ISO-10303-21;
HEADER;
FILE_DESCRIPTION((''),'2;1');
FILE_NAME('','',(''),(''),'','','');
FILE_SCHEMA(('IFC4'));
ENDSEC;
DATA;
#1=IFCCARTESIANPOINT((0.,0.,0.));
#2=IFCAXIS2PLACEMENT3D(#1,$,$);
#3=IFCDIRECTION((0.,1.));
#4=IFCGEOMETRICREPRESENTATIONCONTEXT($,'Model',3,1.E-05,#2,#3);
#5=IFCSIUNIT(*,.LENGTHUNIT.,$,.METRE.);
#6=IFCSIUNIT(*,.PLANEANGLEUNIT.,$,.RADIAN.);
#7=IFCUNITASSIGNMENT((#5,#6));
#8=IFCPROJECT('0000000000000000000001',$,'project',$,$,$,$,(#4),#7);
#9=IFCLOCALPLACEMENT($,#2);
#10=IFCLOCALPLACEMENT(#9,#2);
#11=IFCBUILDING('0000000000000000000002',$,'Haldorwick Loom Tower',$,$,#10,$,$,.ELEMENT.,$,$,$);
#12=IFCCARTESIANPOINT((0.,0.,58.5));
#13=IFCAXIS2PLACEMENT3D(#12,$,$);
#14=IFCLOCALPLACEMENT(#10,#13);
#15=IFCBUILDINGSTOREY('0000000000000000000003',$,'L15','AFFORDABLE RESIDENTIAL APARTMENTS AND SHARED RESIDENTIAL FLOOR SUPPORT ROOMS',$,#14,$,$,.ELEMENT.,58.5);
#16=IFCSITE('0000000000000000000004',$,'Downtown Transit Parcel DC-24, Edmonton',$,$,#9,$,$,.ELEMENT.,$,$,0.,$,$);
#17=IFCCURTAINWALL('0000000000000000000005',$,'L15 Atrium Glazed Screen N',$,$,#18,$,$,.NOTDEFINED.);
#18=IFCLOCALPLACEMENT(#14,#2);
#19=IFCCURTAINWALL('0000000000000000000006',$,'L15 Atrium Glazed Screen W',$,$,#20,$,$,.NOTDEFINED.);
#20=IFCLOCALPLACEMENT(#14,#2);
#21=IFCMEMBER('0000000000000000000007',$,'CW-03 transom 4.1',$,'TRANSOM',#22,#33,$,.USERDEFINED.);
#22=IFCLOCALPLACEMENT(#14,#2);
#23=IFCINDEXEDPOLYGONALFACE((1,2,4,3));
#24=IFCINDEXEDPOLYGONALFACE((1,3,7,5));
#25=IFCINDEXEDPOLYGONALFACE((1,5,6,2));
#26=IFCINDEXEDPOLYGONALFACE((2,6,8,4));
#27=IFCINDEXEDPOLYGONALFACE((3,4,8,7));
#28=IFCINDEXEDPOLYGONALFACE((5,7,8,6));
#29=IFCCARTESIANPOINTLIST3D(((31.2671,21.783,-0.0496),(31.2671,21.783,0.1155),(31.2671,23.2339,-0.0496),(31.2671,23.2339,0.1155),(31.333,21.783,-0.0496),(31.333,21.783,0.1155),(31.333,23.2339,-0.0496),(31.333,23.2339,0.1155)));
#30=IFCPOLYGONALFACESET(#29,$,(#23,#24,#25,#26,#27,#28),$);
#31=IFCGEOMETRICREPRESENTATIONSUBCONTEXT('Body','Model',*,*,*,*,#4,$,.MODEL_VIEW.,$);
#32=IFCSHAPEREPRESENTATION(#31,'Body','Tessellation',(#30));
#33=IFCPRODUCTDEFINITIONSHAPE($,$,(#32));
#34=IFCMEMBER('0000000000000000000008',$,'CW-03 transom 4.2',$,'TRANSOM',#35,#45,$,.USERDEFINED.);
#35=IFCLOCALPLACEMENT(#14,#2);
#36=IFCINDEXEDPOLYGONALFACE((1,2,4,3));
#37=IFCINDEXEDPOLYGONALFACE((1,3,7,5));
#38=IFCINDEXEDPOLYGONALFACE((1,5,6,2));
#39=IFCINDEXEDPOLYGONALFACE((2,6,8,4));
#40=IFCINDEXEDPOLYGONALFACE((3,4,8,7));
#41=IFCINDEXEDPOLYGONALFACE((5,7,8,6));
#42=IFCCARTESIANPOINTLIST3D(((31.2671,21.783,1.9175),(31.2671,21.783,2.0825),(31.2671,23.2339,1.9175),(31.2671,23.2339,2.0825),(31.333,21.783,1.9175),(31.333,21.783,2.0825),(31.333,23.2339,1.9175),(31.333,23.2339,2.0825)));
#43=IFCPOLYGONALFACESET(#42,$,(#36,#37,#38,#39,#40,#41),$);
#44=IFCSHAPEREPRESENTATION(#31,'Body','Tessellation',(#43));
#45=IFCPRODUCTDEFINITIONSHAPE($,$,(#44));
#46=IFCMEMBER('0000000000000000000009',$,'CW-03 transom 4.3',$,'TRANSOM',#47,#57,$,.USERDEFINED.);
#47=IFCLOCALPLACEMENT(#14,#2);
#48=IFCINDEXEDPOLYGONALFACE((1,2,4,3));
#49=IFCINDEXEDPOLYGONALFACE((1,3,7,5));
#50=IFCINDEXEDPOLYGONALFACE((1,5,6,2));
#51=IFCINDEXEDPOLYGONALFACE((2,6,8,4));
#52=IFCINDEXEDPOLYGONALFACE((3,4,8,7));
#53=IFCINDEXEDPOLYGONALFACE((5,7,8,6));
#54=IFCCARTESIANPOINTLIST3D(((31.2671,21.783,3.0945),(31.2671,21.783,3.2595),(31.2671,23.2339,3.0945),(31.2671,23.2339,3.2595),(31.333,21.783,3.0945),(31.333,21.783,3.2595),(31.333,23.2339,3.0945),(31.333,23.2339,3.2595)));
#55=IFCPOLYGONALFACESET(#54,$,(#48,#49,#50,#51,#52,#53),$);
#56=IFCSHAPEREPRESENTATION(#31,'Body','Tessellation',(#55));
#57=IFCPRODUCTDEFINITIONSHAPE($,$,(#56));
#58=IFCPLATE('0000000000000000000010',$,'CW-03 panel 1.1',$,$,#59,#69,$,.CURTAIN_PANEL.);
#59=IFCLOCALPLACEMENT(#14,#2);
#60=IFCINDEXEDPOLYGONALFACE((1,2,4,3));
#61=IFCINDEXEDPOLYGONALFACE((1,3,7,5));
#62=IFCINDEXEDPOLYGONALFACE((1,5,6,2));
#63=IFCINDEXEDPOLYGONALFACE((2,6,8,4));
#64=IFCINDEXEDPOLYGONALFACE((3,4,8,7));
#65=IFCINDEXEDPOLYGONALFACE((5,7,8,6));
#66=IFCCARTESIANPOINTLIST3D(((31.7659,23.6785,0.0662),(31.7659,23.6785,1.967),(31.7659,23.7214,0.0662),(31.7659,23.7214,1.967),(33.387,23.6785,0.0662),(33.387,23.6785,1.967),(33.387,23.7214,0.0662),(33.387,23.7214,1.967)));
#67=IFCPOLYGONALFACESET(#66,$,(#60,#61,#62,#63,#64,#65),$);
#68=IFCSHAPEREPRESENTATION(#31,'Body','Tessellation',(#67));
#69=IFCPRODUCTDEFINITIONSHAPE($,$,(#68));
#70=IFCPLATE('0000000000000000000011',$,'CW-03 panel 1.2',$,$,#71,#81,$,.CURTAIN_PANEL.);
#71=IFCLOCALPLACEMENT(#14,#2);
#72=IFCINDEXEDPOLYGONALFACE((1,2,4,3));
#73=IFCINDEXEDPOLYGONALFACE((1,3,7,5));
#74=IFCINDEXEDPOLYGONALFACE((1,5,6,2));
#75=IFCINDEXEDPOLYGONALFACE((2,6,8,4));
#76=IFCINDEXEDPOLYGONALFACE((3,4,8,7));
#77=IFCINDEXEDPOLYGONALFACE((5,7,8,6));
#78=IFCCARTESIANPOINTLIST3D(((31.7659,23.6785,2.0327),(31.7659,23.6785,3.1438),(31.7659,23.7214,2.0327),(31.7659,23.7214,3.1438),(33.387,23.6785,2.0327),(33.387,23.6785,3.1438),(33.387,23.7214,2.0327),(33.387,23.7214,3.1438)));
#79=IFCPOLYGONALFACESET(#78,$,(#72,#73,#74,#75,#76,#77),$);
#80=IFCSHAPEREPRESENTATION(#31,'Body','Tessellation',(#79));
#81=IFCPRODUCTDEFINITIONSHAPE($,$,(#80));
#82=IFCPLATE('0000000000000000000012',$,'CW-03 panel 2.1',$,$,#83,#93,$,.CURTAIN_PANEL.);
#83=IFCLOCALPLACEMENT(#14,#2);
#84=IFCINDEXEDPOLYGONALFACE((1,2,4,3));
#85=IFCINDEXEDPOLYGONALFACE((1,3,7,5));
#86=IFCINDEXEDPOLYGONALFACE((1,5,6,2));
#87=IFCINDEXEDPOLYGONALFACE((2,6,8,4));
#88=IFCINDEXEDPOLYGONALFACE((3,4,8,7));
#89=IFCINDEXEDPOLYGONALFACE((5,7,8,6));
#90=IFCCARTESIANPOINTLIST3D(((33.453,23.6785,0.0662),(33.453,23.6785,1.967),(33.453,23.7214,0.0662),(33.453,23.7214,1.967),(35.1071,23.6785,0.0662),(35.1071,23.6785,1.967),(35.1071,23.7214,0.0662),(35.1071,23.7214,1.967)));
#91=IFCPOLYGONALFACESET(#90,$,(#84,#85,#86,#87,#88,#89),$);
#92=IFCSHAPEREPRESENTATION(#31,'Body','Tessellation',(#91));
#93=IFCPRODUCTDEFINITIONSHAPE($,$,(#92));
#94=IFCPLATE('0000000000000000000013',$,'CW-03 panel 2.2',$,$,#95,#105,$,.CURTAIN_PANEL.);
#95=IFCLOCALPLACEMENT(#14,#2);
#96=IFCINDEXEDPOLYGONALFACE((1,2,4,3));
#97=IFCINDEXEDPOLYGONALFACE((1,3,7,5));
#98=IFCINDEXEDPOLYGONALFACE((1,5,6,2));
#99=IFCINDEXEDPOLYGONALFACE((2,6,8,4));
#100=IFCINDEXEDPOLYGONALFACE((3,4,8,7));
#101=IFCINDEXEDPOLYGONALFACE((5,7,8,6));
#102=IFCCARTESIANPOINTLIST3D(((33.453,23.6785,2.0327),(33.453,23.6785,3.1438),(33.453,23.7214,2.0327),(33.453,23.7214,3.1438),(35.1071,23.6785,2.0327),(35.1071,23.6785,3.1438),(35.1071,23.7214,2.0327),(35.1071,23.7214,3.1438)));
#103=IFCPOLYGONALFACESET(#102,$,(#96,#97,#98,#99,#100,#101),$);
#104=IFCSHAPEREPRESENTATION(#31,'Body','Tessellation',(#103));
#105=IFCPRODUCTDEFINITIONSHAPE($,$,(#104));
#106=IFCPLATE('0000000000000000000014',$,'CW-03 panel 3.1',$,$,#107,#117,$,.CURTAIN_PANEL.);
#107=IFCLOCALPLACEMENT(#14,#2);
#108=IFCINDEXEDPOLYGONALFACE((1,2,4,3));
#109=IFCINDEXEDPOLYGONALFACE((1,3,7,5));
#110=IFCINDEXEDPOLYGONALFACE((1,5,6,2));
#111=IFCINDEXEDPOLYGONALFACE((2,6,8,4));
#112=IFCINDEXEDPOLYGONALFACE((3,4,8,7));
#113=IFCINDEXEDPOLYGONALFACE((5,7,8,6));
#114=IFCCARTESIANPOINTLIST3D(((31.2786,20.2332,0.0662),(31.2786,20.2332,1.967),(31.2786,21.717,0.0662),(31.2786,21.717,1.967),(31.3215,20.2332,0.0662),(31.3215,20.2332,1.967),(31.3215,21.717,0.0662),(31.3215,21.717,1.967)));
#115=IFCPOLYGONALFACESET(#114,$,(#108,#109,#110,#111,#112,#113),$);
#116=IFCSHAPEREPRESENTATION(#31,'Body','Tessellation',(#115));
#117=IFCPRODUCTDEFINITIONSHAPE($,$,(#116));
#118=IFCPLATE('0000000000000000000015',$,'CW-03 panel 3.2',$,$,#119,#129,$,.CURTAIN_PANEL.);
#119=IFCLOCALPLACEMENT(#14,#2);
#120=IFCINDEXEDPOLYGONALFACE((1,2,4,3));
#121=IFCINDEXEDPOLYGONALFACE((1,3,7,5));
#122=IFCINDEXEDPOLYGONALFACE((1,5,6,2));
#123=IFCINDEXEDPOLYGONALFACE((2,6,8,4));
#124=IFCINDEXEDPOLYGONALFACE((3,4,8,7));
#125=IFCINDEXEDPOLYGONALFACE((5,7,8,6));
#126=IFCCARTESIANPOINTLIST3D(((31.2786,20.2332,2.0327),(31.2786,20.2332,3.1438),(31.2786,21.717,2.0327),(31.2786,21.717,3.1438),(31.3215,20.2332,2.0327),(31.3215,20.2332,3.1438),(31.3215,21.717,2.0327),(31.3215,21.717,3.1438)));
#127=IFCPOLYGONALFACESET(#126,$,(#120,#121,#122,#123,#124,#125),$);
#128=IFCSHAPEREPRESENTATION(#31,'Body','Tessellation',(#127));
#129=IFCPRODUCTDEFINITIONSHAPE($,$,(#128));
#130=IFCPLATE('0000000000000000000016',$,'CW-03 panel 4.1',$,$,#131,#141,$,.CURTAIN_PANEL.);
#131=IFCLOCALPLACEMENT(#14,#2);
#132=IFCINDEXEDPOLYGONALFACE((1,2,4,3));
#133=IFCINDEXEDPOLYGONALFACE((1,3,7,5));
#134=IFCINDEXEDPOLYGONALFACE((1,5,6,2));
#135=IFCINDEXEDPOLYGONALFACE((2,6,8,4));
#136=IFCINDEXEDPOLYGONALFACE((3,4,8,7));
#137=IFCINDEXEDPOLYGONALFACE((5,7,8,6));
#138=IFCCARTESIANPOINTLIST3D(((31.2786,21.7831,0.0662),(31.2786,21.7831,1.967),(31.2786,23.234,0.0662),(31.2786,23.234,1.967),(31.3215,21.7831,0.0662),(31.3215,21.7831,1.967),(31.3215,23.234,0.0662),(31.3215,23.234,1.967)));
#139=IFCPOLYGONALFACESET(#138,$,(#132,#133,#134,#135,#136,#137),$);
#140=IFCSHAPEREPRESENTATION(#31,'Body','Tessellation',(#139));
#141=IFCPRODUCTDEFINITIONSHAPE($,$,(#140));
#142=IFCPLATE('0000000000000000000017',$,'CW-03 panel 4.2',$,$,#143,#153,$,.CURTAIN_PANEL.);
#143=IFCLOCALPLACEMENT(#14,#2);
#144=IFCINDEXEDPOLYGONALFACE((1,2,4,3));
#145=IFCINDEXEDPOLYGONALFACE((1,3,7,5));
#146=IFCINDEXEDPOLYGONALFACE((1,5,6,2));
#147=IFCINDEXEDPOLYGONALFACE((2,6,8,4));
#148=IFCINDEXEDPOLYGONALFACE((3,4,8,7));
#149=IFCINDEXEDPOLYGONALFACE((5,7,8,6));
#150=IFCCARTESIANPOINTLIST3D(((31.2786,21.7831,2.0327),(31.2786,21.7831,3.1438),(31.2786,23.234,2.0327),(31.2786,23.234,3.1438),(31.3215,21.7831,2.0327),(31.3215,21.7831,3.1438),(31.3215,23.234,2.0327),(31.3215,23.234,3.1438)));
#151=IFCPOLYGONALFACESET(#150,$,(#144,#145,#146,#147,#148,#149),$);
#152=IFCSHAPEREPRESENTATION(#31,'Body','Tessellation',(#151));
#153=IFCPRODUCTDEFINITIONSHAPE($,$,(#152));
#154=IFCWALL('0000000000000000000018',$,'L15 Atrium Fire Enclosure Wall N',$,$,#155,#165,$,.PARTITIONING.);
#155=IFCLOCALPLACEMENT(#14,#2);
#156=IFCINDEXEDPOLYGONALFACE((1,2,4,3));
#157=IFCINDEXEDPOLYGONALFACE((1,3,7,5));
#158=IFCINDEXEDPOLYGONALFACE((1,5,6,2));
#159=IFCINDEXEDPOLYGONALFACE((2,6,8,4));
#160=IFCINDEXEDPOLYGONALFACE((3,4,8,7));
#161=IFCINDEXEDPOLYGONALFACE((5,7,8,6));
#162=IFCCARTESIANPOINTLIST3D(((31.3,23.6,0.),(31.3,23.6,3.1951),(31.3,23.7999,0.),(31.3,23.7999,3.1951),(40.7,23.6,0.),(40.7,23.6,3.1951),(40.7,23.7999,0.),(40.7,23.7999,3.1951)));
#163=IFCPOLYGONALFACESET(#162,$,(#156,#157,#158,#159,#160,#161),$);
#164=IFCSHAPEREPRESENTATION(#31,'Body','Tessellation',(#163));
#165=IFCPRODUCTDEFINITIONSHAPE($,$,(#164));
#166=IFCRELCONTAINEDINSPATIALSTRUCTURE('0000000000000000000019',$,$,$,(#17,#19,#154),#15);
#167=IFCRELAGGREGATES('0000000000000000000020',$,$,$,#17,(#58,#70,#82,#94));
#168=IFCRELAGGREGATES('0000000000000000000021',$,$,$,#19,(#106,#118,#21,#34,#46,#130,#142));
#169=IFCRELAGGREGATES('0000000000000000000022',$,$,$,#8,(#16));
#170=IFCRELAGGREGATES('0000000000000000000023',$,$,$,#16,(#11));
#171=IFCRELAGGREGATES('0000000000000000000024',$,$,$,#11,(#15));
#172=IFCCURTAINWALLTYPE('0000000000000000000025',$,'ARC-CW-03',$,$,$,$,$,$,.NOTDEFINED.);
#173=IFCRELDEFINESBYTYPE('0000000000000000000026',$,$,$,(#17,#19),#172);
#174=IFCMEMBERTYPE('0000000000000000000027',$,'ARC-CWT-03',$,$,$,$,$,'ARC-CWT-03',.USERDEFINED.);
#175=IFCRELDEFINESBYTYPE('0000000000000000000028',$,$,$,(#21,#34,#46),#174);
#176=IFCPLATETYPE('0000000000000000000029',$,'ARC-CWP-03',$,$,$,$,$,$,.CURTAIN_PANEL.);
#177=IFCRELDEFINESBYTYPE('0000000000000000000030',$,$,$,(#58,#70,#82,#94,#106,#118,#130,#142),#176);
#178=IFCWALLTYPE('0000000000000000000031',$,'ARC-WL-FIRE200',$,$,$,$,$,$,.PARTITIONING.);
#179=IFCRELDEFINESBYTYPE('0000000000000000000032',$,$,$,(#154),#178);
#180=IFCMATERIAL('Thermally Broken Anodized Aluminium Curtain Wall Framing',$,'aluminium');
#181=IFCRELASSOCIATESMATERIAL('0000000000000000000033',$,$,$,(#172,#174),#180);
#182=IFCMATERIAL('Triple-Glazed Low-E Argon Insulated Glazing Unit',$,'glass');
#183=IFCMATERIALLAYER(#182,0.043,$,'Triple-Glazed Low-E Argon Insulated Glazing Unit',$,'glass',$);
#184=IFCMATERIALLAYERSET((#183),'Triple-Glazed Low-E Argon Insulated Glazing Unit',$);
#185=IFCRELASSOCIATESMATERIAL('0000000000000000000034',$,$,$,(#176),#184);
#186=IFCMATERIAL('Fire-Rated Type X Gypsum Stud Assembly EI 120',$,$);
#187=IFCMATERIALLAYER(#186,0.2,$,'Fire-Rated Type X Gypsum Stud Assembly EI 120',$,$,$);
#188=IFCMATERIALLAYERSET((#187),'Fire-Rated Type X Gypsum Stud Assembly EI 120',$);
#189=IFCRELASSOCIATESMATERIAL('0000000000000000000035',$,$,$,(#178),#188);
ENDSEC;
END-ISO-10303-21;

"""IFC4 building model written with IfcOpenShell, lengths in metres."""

from ifc_helpers import new_model, si_unit, direction, frame, frame_2d, origin, origin_2d, place, context, subcontext, project, spatial, rectangle, extrude, material, layer, layer_set, material_profile, profile_set, type_object, element, aggregate, save


model = new_model("IFC4")

# Units and contexts
model_context = context("Model", 3, precision=1e-05, world=origin(), true_north=direction((0.0, 1.0)))
body_context = subcontext(model_context, "Body", "Model", "MODEL_VIEW")
ifc_project = project(units=[si_unit("LENGTHUNIT", "METRE"), si_unit("PLANEANGLEUNIT", "RADIAN")], contexts=[model_context])

# Site, building, storey
site_placement = place(None, origin())
site = spatial("IfcSite", under=ifc_project, at=site_placement, Name="Downtown Transit Parcel DC-24, Edmonton", CompositionType="ELEMENT", RefElevation=0.0)
building_placement = place(site_placement, origin())
building = spatial("IfcBuilding", under=site, at=building_placement, Name="Haldorwick Loom Tower", CompositionType="ELEMENT")
storey_placement = place(building_placement, frame((0.0, 0.0, 58.5)))
storey = spatial("IfcBuildingStorey", under=building, at=storey_placement, Name="L15", Description="AFFORDABLE RESIDENTIAL APARTMENTS AND SHARED RESIDENTIAL FLOOR SUPPORT ROOMS", CompositionType="ELEMENT", Elevation=58.5)

# Curtain walls
ifc_material_1 = material(Name="Thermally Broken Anodized Aluminium Curtain Wall Framing", Category="aluminium")
curtain_wall_type = type_object("IfcCurtainWallType", Name="ARC-CW-03", PredefinedType="NOTDEFINED", material=ifc_material_1)
curtain_wall_1_placement = place(storey_placement, origin())
curtain_wall_1 = element("IfcCurtainWall", 1, at=curtain_wall_1_placement, inside=storey, type_object=curtain_wall_type, Name="L15 Atrium Glazed Screen N", PredefinedType="NOTDEFINED")
curtain_wall_2_placement = place(storey_placement, origin())
curtain_wall_2 = element("IfcCurtainWall", 2, at=curtain_wall_2_placement, inside=storey, type_object=curtain_wall_type, Name="L15 Atrium Glazed Screen W", PredefinedType="NOTDEFINED")

# Members
ifc_material_profile_1 = material_profile(ifc_material_1, rectangle(XDim=0.0659, YDim=0.165, at=origin_2d()), Name="ALU_TRN_66X165", Category="aluminium")
ifc_profile_set_1 = profile_set([ifc_material_profile_1], Name="Thermally Broken Anodized Aluminium Curtain Wall Framing")
member_type_1 = type_object("IfcMemberType", Name="ARC-CWT-03", ElementType="ARC-CWT-03", PredefinedType="USERDEFINED", material=ifc_profile_set_1)
member_1_placement = place(storey_placement, frame((31.3, 21.783, 0.033), z_axis=(0.0, 1.0, 0.0), x_axis=(-1.0, 0.0, 0.0)))
member_1 = element("IfcMember", 3, at=member_1_placement, type_object=member_type_1, Name="CW-03 transom 4.1", ObjectType="TRANSOM", PredefinedType="USERDEFINED", context=body_context, shape_type="SweptSolid", body=[
    extrude(rectangle(XDim=0.0659, YDim=0.165, at=origin_2d()), origin(), (0.0, 0.0, 1.0), 1.4509),
])
member_2_placement = place(storey_placement, frame((31.3, 21.783, 2.0), z_axis=(0.0, 1.0, 0.0), x_axis=(-1.0, 0.0, 0.0)))
member_2 = element("IfcMember", 4, at=member_2_placement, type_object=member_type_1, Name="CW-03 transom 4.2", ObjectType="TRANSOM", PredefinedType="USERDEFINED", context=body_context, shape_type="SweptSolid", body=[
    extrude(rectangle(XDim=0.0659, YDim=0.165, at=origin_2d()), origin(), (0.0, 0.0, 1.0), 1.4509),
])
member_3_placement = place(storey_placement, frame((31.3, 21.783, 3.177), z_axis=(0.0, 1.0, 0.0), x_axis=(-1.0, 0.0, 0.0)))
member_3 = element("IfcMember", 5, at=member_3_placement, type_object=member_type_1, Name="CW-03 transom 4.3", ObjectType="TRANSOM", PredefinedType="USERDEFINED", context=body_context, shape_type="SweptSolid", body=[
    extrude(rectangle(XDim=0.0659, YDim=0.165, at=origin_2d()), origin(), (0.0, 0.0, 1.0), 1.4509),
])

# Plates
ifc_material_2 = material(Name="Triple-Glazed Low-E Argon Insulated Glazing Unit", Category="glass")
ifc_layer_1 = layer(ifc_material_2, 0.043, Name="Triple-Glazed Low-E Argon Insulated Glazing Unit", Category="glass")
ifc_layer_set_1 = layer_set([ifc_layer_1], Name="Triple-Glazed Low-E Argon Insulated Glazing Unit")
plate_type = type_object("IfcPlateType", Name="ARC-CWP-03", PredefinedType="CURTAIN_PANEL", material=ifc_layer_set_1)
plate_1_placement = place(storey_placement, frame((32.5764, 23.7, 0.0662), z_axis=(0.0, 0.0, 1.0), x_axis=(1.0, 0.0, 0.0)))
plate_1 = element("IfcPlate", 6, at=plate_1_placement, type_object=plate_type, Name="CW-03 panel 1.1", PredefinedType="CURTAIN_PANEL", context=body_context, shape_type="SweptSolid", body=[
    extrude(rectangle(XDim=1.6211, YDim=0.043, at=origin_2d()), origin(), (0.0, 0.0, 1.0), 1.9009),
])
plate_2_placement = place(storey_placement, frame((32.5764, 23.7, 2.0327), z_axis=(0.0, 0.0, 1.0), x_axis=(1.0, 0.0, 0.0)))
plate_2 = element("IfcPlate", 7, at=plate_2_placement, type_object=plate_type, Name="CW-03 panel 1.2", PredefinedType="CURTAIN_PANEL", context=body_context, shape_type="SweptSolid", body=[
    extrude(rectangle(XDim=1.6211, YDim=0.043, at=origin_2d()), origin(), (0.0, 0.0, 1.0), 1.1111),
])
plate_3_placement = place(storey_placement, frame((34.28, 23.7, 0.0662), z_axis=(0.0, 0.0, 1.0), x_axis=(1.0, 0.0, 0.0)))
plate_3 = element("IfcPlate", 8, at=plate_3_placement, type_object=plate_type, Name="CW-03 panel 2.1", PredefinedType="CURTAIN_PANEL", context=body_context, shape_type="SweptSolid", body=[
    extrude(rectangle(XDim=1.6541, YDim=0.043, at=origin_2d()), origin(), (0.0, 0.0, 1.0), 1.9009),
])
plate_4_placement = place(storey_placement, frame((34.28, 23.7, 2.0327), z_axis=(0.0, 0.0, 1.0), x_axis=(1.0, 0.0, 0.0)))
plate_4 = element("IfcPlate", 9, at=plate_4_placement, type_object=plate_type, Name="CW-03 panel 2.2", PredefinedType="CURTAIN_PANEL", context=body_context, shape_type="SweptSolid", body=[
    extrude(rectangle(XDim=1.6541, YDim=0.043, at=origin_2d()), origin(), (0.0, 0.0, 1.0), 1.1111),
])
aggregate(curtain_wall_1, [plate_1, plate_2, plate_3, plate_4])
plate_5_placement = place(storey_placement, frame((31.3, 20.9751, 0.0662), z_axis=(0.0, 0.0, 1.0), x_axis=(0.0, 1.0, 0.0)))
plate_5 = element("IfcPlate", 10, at=plate_5_placement, type_object=plate_type, Name="CW-03 panel 3.1", PredefinedType="CURTAIN_PANEL", context=body_context, shape_type="SweptSolid", body=[
    extrude(rectangle(XDim=1.4839, YDim=0.043, at=origin_2d()), origin(), (0.0, 0.0, 1.0), 1.9009),
])
plate_6_placement = place(storey_placement, frame((31.3, 20.9751, 2.0327), z_axis=(0.0, 0.0, 1.0), x_axis=(0.0, 1.0, 0.0)))
plate_6 = element("IfcPlate", 11, at=plate_6_placement, type_object=plate_type, Name="CW-03 panel 3.2", PredefinedType="CURTAIN_PANEL", context=body_context, shape_type="SweptSolid", body=[
    extrude(rectangle(XDim=1.4839, YDim=0.043, at=origin_2d()), origin(), (0.0, 0.0, 1.0), 1.1111),
])
plate_7_placement = place(storey_placement, frame((31.3, 22.5085, 0.0662), z_axis=(0.0, 0.0, 1.0), x_axis=(0.0, 1.0, 0.0)))
plate_7 = element("IfcPlate", 12, at=plate_7_placement, type_object=plate_type, Name="CW-03 panel 4.1", PredefinedType="CURTAIN_PANEL", context=body_context, shape_type="SweptSolid", body=[
    extrude(rectangle(XDim=1.4509, YDim=0.043, at=origin_2d()), origin(), (0.0, 0.0, 1.0), 1.9009),
])
plate_8_placement = place(storey_placement, frame((31.3, 22.5085, 2.0327), z_axis=(0.0, 0.0, 1.0), x_axis=(0.0, 1.0, 0.0)))
plate_8 = element("IfcPlate", 13, at=plate_8_placement, type_object=plate_type, Name="CW-03 panel 4.2", PredefinedType="CURTAIN_PANEL", context=body_context, shape_type="SweptSolid", body=[
    extrude(rectangle(XDim=1.4509, YDim=0.043, at=origin_2d()), origin(), (0.0, 0.0, 1.0), 1.1111),
])
aggregate(curtain_wall_2, [plate_5, plate_6, member_1, member_2, member_3, plate_7, plate_8])

# Wall
ifc_material_3 = material(Name="Fire-Rated Type X Gypsum Stud Assembly EI 120")
ifc_layer_2 = layer(ifc_material_3, 0.2, Name="Fire-Rated Type X Gypsum Stud Assembly EI 120")
ifc_layer_set_2 = layer_set([ifc_layer_2], Name="Fire-Rated Type X Gypsum Stud Assembly EI 120")
wall_type = type_object("IfcWallType", Name="ARC-WL-FIRE200", PredefinedType="PARTITIONING", material=ifc_layer_set_2)
wall_placement = place(storey_placement, frame((31.3, 23.7, 0.0), z_axis=(0.0, 0.0, 1.0), x_axis=(1.0, 0.0, 0.0)))
element("IfcWall", 14, at=wall_placement, inside=storey, type_object=wall_type, Name="L15 Atrium Fire Enclosure Wall N", PredefinedType="PARTITIONING", context=body_context, shape_type="SweptSolid", body=[
    extrude(rectangle(XDim=9.3999, YDim=0.2, at=frame_2d((4.7, 0.0))), origin(), (0.0, 0.0, 1.0), 3.1951),
])

save(model, "model.ifc")
